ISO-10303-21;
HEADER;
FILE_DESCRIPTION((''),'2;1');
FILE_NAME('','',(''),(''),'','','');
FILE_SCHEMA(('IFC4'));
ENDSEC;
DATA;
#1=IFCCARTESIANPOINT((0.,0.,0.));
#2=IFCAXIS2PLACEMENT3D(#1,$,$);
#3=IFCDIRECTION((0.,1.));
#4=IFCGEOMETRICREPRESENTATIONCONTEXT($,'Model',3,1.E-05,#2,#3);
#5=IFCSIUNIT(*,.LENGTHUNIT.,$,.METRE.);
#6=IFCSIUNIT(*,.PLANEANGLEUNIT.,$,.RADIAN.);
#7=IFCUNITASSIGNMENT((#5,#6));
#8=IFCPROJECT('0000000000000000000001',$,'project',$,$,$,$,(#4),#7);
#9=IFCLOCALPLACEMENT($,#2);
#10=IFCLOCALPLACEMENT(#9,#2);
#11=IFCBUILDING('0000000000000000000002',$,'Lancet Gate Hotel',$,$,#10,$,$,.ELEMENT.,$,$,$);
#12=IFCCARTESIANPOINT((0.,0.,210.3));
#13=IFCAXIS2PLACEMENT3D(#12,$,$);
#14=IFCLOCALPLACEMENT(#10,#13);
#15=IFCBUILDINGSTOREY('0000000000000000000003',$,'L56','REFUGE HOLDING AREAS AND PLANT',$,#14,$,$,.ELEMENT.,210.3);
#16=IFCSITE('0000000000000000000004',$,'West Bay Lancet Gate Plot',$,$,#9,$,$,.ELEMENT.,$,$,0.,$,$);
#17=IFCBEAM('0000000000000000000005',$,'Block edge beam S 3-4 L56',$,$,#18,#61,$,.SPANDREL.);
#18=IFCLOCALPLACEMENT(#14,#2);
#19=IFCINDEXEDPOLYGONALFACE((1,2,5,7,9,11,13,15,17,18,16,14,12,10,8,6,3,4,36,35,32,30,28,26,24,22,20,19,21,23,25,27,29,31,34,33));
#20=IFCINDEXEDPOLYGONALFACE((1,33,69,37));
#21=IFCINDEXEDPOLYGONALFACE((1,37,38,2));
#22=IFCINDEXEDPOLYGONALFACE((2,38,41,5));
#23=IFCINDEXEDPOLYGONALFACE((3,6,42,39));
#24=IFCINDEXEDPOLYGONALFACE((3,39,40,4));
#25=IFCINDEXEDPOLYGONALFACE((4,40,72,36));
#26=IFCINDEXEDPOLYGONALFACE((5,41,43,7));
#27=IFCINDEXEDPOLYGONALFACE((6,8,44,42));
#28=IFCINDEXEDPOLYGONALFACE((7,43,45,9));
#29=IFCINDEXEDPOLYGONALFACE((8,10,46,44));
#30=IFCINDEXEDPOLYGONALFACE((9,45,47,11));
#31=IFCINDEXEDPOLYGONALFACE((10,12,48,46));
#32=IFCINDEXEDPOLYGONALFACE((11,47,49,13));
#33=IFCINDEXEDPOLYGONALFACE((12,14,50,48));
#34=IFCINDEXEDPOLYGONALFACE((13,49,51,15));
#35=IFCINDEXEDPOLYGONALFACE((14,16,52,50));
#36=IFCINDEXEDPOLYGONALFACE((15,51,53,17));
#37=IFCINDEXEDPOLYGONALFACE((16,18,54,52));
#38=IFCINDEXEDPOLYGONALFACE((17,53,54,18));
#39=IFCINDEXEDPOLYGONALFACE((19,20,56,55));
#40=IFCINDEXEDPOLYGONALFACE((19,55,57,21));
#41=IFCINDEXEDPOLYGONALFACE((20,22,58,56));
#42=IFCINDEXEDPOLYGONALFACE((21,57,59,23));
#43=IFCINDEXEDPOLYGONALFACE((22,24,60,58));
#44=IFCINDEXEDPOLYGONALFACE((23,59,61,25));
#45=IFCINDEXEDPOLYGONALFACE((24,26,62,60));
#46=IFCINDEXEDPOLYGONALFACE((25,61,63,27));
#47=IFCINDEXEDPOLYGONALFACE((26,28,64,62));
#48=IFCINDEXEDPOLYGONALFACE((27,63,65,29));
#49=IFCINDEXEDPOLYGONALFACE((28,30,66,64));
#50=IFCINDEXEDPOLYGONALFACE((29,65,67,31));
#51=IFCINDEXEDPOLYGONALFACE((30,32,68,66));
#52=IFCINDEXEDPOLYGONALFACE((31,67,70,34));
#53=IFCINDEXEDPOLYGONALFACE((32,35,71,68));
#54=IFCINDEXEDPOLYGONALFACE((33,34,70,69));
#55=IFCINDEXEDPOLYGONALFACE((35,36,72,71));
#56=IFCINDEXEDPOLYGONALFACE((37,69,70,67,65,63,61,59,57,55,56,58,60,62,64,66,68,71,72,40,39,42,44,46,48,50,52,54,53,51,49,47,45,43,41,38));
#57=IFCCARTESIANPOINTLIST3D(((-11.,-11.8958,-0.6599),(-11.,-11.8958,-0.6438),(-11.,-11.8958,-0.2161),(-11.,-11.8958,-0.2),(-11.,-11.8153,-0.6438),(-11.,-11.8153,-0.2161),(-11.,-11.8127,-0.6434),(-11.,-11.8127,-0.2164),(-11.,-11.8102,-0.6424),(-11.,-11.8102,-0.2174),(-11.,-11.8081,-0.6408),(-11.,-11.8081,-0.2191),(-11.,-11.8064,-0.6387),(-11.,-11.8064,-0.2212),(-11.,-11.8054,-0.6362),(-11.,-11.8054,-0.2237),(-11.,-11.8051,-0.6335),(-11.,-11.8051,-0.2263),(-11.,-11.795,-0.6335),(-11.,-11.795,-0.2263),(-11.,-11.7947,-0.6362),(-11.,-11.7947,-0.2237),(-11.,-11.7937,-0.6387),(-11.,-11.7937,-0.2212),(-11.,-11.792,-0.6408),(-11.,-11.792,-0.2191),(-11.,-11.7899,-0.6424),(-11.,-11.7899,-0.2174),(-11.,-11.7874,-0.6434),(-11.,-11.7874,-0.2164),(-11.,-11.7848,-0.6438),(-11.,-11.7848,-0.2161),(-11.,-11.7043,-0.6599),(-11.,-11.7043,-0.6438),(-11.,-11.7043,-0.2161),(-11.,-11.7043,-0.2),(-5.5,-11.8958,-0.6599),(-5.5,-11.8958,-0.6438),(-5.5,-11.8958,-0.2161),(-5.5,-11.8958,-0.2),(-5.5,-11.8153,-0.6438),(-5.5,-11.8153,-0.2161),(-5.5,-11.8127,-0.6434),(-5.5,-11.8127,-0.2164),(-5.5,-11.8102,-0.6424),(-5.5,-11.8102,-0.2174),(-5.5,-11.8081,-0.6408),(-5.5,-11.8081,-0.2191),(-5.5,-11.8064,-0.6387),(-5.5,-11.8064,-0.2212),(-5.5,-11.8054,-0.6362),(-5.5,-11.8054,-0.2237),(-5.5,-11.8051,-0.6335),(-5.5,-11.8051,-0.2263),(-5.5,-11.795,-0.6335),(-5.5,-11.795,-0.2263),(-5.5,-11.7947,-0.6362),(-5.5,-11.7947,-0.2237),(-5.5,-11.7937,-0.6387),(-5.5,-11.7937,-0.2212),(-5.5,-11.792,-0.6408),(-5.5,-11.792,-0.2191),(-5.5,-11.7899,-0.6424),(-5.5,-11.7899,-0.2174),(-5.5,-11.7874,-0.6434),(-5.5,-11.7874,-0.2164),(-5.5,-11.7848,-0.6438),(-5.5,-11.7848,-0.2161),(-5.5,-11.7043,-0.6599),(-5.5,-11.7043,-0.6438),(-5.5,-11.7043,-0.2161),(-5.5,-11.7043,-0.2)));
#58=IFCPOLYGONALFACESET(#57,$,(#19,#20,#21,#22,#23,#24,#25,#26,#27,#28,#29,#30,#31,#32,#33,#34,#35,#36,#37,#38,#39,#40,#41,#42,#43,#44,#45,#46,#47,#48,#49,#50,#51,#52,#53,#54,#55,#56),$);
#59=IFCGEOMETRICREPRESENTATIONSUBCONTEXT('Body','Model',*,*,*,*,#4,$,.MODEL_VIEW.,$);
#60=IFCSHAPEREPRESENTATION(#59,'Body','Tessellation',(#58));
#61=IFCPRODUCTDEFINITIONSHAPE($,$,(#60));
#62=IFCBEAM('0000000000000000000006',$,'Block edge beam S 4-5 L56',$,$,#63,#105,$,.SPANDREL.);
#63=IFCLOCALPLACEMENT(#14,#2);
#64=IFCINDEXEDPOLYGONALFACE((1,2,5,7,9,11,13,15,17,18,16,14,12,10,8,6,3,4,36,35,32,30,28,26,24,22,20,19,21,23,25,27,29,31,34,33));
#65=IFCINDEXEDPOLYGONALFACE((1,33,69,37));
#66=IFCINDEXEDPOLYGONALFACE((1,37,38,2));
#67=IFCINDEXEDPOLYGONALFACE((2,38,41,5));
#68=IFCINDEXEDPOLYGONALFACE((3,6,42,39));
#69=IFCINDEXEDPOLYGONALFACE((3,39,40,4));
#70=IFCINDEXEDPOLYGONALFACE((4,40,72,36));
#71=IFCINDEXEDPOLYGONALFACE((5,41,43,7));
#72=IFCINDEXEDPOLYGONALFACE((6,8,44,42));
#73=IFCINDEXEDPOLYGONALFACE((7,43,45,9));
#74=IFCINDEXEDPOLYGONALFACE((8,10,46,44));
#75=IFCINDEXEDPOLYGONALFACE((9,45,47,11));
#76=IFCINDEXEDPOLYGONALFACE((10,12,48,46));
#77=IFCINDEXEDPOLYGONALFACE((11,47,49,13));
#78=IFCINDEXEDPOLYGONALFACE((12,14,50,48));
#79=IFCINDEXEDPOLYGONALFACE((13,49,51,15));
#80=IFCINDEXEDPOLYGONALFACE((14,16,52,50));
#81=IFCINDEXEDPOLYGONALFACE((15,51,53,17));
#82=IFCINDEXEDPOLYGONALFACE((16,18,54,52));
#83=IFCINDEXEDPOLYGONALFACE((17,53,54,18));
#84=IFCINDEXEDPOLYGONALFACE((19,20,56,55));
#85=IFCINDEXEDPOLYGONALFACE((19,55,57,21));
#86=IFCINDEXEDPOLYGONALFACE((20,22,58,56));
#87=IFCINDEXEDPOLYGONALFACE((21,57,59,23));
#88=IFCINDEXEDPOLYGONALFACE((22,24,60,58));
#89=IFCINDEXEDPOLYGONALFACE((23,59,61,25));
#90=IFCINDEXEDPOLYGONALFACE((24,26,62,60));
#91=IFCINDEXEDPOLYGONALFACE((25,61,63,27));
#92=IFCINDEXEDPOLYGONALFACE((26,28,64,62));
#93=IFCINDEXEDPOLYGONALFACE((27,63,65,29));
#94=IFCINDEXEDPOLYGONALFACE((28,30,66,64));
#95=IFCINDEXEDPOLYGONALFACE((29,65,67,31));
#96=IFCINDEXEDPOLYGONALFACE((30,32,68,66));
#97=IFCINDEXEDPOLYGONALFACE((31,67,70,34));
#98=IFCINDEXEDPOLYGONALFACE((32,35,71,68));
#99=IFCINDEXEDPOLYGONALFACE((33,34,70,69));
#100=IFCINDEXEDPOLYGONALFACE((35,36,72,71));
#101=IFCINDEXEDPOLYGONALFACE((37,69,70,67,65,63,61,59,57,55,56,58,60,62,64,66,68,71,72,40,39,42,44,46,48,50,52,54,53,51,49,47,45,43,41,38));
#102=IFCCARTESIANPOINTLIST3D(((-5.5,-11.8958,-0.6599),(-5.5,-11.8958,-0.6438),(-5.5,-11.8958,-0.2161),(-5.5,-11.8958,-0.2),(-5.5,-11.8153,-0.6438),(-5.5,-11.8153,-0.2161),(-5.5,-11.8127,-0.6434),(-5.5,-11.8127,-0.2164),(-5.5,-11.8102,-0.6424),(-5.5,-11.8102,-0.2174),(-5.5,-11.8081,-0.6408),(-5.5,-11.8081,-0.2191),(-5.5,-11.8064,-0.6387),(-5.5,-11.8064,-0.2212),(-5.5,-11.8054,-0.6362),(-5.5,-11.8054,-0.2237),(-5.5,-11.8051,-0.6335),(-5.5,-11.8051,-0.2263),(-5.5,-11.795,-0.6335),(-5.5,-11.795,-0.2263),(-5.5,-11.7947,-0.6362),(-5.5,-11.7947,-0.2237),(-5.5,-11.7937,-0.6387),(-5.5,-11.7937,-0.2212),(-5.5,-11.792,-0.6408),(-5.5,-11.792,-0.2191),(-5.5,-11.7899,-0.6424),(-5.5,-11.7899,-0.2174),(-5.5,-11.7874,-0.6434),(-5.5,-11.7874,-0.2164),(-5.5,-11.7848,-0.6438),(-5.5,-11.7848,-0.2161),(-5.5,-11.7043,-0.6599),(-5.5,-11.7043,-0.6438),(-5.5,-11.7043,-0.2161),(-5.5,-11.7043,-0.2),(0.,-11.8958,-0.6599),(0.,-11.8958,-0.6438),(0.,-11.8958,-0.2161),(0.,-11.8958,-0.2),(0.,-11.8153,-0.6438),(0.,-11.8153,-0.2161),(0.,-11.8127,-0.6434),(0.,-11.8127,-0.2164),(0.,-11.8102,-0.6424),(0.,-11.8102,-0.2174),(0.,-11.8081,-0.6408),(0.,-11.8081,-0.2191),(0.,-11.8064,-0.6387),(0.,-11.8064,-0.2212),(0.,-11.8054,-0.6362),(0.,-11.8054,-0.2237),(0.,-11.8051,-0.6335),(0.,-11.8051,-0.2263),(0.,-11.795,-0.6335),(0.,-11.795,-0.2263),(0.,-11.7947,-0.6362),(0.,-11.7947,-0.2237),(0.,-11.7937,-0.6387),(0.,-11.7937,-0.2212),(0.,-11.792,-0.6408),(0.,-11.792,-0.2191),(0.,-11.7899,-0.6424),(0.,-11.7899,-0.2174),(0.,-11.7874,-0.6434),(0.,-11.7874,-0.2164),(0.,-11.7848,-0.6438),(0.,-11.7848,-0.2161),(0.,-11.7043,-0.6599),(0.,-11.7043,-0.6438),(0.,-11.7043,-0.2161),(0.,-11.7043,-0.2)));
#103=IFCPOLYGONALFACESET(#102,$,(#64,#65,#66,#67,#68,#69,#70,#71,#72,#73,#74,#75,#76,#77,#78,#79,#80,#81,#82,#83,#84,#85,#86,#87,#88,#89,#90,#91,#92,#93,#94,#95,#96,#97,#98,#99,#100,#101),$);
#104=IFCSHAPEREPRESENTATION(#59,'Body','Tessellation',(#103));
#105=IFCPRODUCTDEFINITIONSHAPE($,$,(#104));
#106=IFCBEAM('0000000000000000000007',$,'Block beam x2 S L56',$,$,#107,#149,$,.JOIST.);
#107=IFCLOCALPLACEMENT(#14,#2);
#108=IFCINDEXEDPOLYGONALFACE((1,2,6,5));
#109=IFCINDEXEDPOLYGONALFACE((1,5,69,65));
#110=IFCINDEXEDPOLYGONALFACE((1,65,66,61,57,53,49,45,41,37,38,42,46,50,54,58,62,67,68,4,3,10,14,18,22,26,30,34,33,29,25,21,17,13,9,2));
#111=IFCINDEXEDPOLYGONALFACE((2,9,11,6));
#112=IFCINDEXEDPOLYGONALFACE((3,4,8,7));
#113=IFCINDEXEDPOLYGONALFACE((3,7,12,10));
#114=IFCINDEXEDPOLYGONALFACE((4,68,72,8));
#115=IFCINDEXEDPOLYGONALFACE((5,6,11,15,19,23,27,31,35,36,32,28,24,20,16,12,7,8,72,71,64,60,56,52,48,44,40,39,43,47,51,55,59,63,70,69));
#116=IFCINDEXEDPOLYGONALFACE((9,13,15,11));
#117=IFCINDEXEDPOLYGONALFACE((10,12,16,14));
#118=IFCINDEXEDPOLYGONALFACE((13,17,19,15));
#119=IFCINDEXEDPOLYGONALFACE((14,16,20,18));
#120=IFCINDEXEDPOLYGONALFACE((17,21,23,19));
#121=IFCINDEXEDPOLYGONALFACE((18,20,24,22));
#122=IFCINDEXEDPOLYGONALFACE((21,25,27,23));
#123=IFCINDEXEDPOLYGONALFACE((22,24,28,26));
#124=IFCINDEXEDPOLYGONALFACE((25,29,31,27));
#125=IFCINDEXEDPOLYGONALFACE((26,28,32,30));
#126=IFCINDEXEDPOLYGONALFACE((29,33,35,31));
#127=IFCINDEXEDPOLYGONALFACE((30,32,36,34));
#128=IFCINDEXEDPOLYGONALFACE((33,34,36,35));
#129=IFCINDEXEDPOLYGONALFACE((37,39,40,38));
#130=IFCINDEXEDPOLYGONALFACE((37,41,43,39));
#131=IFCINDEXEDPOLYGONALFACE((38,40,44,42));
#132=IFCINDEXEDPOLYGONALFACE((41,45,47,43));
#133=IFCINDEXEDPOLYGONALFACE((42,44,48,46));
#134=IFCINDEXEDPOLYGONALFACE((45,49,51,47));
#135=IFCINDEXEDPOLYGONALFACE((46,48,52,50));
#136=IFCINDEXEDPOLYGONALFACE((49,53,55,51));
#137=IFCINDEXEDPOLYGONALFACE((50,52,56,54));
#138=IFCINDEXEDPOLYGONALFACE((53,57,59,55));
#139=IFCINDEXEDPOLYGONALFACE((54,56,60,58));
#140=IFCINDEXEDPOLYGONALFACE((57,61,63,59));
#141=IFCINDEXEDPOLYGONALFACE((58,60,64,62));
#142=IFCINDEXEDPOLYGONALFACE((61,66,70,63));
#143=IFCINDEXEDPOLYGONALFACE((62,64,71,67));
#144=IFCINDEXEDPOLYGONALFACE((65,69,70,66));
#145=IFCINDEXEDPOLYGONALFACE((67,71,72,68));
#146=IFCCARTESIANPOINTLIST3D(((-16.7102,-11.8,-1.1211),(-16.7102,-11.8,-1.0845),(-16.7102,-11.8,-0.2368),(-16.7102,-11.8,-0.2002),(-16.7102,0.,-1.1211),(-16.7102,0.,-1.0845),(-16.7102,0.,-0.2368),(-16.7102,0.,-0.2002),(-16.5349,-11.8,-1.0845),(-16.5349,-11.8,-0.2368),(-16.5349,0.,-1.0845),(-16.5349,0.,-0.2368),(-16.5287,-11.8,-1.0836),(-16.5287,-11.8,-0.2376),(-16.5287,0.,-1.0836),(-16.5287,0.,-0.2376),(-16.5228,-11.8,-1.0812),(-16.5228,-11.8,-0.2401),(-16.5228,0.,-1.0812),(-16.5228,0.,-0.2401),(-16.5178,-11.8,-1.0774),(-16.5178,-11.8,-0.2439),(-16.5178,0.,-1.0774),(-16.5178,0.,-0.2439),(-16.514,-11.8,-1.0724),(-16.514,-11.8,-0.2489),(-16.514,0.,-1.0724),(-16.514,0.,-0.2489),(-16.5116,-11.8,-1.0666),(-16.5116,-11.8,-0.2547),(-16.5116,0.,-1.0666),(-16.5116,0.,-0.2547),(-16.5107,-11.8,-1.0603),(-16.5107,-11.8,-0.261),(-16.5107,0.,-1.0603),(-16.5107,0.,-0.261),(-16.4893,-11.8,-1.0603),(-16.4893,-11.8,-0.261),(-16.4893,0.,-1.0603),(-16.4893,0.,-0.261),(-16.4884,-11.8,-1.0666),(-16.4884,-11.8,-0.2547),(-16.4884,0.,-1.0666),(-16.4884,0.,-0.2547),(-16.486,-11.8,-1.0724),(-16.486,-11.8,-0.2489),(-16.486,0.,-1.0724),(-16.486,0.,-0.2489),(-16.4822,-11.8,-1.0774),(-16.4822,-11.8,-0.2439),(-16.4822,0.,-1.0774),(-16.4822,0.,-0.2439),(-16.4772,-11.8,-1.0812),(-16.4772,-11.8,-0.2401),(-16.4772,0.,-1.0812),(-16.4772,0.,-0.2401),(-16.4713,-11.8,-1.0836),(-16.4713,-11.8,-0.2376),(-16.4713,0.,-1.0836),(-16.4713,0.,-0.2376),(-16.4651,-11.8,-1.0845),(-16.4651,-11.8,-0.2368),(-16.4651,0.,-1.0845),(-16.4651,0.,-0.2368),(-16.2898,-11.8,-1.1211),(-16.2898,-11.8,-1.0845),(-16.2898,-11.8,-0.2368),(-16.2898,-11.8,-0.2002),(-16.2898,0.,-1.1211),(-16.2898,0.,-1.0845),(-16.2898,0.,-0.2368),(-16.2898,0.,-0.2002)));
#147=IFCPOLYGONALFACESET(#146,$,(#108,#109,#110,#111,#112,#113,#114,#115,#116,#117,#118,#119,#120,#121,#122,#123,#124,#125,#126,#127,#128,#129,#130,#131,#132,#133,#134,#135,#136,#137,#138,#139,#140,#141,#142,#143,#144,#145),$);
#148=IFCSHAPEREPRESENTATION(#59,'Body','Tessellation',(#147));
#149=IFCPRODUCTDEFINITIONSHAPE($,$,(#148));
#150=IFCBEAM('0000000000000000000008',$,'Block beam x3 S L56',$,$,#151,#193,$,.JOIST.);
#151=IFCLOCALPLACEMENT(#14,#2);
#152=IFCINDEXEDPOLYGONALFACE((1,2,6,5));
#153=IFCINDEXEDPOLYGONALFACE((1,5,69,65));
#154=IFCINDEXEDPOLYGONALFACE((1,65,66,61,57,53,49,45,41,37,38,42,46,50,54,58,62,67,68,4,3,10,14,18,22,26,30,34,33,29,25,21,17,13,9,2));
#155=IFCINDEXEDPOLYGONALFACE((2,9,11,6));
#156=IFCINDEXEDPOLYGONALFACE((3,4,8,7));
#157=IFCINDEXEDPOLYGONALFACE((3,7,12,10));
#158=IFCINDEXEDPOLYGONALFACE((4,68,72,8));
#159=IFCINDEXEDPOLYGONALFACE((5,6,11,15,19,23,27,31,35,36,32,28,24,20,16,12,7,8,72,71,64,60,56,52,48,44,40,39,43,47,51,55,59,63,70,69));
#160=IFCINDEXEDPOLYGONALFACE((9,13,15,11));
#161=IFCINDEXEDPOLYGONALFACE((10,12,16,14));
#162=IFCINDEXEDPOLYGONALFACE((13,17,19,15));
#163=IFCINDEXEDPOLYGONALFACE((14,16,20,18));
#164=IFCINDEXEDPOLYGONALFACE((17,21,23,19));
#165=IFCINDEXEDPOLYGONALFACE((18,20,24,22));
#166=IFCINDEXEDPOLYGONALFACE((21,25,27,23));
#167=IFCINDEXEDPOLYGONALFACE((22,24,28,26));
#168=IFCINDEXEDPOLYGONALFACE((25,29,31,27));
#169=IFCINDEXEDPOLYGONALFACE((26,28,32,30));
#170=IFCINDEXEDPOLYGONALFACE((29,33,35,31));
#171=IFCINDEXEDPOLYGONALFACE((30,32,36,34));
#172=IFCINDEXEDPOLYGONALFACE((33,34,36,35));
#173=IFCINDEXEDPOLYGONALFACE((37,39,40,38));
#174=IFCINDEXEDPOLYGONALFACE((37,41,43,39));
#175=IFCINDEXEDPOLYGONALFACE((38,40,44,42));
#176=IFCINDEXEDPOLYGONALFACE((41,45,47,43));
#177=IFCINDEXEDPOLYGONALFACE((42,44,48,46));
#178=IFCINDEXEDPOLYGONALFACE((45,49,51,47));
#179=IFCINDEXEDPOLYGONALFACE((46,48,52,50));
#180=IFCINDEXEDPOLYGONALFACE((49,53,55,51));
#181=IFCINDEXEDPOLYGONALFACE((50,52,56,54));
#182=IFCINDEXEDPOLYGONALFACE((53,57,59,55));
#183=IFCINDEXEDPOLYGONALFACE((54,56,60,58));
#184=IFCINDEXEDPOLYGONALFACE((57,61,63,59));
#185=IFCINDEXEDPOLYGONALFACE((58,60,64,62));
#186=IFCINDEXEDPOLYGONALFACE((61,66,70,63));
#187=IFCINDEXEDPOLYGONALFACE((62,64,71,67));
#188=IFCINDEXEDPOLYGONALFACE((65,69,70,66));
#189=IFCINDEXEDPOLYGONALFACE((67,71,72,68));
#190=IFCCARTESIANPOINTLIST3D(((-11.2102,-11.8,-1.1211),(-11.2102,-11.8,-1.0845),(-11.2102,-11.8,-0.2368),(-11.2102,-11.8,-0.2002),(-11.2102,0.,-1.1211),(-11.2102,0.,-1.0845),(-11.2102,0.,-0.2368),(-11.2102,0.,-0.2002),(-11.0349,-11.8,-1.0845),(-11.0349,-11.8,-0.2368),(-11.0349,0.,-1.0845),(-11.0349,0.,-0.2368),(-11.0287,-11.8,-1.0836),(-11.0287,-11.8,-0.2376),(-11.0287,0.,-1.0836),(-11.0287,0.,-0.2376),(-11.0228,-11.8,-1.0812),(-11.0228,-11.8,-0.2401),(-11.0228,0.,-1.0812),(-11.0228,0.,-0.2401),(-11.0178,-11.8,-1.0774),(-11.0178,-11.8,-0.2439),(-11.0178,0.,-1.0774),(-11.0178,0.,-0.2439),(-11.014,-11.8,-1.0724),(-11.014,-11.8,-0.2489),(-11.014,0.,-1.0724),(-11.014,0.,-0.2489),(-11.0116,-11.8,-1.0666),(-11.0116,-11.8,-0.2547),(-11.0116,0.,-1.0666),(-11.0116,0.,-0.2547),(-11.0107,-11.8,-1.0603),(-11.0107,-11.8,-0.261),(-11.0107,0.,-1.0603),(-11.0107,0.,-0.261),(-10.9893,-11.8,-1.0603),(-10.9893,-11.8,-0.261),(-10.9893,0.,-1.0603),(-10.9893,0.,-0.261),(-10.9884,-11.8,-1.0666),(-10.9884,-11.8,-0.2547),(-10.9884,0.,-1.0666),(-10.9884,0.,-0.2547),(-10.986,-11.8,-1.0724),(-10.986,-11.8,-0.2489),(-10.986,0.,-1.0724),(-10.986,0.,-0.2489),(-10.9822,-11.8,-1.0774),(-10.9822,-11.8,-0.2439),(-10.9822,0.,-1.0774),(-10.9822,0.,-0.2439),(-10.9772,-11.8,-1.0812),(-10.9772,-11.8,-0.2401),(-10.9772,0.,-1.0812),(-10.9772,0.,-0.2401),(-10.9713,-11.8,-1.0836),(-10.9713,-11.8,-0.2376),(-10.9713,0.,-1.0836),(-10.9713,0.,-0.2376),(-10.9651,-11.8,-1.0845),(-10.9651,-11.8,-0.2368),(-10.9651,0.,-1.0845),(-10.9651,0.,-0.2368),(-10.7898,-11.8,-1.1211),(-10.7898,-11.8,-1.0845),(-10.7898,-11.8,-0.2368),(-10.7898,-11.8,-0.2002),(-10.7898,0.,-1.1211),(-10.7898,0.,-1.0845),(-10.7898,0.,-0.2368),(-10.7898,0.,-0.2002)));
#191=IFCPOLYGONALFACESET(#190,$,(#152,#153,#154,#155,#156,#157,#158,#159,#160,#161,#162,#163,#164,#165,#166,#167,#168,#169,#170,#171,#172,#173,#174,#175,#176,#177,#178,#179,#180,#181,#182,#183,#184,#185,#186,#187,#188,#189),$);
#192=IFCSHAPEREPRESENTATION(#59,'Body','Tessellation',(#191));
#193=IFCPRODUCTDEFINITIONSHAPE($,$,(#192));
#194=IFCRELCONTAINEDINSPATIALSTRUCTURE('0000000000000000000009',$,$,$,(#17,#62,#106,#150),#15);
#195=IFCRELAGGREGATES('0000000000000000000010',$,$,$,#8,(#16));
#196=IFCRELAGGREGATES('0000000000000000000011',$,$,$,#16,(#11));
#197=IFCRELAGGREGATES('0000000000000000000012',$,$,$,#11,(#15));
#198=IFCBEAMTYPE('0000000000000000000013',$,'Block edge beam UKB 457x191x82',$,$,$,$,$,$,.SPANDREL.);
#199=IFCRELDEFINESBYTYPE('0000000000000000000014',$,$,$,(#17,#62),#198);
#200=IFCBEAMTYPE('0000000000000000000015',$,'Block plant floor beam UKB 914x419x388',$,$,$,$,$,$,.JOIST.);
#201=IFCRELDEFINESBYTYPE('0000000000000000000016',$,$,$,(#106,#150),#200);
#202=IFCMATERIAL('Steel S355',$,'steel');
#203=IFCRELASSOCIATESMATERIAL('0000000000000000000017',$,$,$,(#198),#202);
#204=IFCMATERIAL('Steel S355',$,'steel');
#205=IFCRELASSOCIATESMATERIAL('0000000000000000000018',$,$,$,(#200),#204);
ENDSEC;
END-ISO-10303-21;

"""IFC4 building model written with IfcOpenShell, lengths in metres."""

from ifc_helpers import new_model, si_unit, direction, frame, origin, origin_2d, place, context, subcontext, project, spatial, i_section, extrude, material, material_profile, profile_set, type_object, element, save


model = new_model("IFC4")

# Units and contexts
model_context = context("Model", 3, precision=1e-05, world=origin(), true_north=direction((0.0, 1.0)))
body_context = subcontext(model_context, "Body", "Model", "MODEL_VIEW")
ifc_project = project(units=[si_unit("LENGTHUNIT", "METRE"), si_unit("PLANEANGLEUNIT", "RADIAN")], contexts=[model_context])

# Site, building, storey
site_placement = place(None, origin())
site = spatial("IfcSite", under=ifc_project, at=site_placement, Name="West Bay Lancet Gate Plot", CompositionType="ELEMENT", RefElevation=0.0)
building_placement = place(site_placement, origin())
building = spatial("IfcBuilding", under=site, at=building_placement, Name="Lancet Gate Hotel", CompositionType="ELEMENT")
storey_placement = place(building_placement, frame((0.0, 0.0, 210.3)))
storey = spatial("IfcBuildingStorey", under=building, at=storey_placement, Name="L56", Description="REFUGE HOLDING AREAS AND PLANT", CompositionType="ELEMENT", Elevation=210.3)

# Beams
ifc_material_1 = material(Name="Steel S355", Category="steel")
ifc_material_profile_1 = material_profile(ifc_material_1, i_section(OverallWidth=0.1914, OverallDepth=0.46, WebThickness=0.01, FlangeThickness=0.0161, FilletRadius=0.0103, at=origin_2d()), Name="UKB 457x191x82")
ifc_profile_set_1 = profile_set([ifc_material_profile_1], Name="Steel S355")
beam_type_1 = type_object("IfcBeamType", Name="Block edge beam UKB 457x191x82", PredefinedType="SPANDREL", material=ifc_profile_set_1)
for number, where, z_axis, x_axis, name in (
    (1, (-11.0, -11.8, -0.4299), (1.0, 0.0, 0.0), (0.0, 1.0, 0.0), "Block edge beam S 3-4 L56"),
    (2, (-5.5, -11.8, -0.4299), (1.0, 0.0, 0.0), (0.0, 1.0, 0.0), "Block edge beam S 4-5 L56"),
):
    element("IfcBeam", number, at=place(storey_placement, frame(where, z_axis=z_axis, x_axis=x_axis)), inside=storey, type_object=beam_type_1, Name=name, PredefinedType="SPANDREL", context=body_context, shape_type="SweptSolid", body=[
        extrude(i_section(OverallWidth=0.1914, OverallDepth=0.46, WebThickness=0.01, FlangeThickness=0.0161, FilletRadius=0.0103, at=origin_2d()), origin(), (0.0, 0.0, 1.0), 5.5),
    ])
ifc_material_2 = material(Name="Steel S355", Category="steel")
ifc_material_profile_2 = material_profile(ifc_material_2, i_section(OverallWidth=0.4204, OverallDepth=0.9209, WebThickness=0.0215, FlangeThickness=0.0366, FilletRadius=0.0242, at=origin_2d()), Name="UKB 914x419x388")
ifc_profile_set_2 = profile_set([ifc_material_profile_2], Name="Steel S355")
beam_type_2 = type_object("IfcBeamType", Name="Block plant floor beam UKB 914x419x388", PredefinedType="JOIST", material=ifc_profile_set_2)
for number, where, z_axis, x_axis, name in (
    (3, (-16.5, -11.8, -0.6606), (0.0, 1.0, 0.0), (-1.0, 0.0, 0.0), "Block beam x2 S L56"),
    (4, (-11.0, -11.8, -0.6606), (0.0, 1.0, 0.0), (-1.0, 0.0, 0.0), "Block beam x3 S L56"),
):
    element("IfcBeam", number, at=place(storey_placement, frame(where, z_axis=z_axis, x_axis=x_axis)), inside=storey, type_object=beam_type_2, Name=name, PredefinedType="JOIST", context=body_context, shape_type="SweptSolid", body=[
        extrude(i_section(OverallWidth=0.4204, OverallDepth=0.9209, WebThickness=0.0215, FlangeThickness=0.0366, FilletRadius=0.0242, at=origin_2d()), origin(), (0.0, 0.0, 1.0), 11.8),
    ])

save(model, "model.ifc")
